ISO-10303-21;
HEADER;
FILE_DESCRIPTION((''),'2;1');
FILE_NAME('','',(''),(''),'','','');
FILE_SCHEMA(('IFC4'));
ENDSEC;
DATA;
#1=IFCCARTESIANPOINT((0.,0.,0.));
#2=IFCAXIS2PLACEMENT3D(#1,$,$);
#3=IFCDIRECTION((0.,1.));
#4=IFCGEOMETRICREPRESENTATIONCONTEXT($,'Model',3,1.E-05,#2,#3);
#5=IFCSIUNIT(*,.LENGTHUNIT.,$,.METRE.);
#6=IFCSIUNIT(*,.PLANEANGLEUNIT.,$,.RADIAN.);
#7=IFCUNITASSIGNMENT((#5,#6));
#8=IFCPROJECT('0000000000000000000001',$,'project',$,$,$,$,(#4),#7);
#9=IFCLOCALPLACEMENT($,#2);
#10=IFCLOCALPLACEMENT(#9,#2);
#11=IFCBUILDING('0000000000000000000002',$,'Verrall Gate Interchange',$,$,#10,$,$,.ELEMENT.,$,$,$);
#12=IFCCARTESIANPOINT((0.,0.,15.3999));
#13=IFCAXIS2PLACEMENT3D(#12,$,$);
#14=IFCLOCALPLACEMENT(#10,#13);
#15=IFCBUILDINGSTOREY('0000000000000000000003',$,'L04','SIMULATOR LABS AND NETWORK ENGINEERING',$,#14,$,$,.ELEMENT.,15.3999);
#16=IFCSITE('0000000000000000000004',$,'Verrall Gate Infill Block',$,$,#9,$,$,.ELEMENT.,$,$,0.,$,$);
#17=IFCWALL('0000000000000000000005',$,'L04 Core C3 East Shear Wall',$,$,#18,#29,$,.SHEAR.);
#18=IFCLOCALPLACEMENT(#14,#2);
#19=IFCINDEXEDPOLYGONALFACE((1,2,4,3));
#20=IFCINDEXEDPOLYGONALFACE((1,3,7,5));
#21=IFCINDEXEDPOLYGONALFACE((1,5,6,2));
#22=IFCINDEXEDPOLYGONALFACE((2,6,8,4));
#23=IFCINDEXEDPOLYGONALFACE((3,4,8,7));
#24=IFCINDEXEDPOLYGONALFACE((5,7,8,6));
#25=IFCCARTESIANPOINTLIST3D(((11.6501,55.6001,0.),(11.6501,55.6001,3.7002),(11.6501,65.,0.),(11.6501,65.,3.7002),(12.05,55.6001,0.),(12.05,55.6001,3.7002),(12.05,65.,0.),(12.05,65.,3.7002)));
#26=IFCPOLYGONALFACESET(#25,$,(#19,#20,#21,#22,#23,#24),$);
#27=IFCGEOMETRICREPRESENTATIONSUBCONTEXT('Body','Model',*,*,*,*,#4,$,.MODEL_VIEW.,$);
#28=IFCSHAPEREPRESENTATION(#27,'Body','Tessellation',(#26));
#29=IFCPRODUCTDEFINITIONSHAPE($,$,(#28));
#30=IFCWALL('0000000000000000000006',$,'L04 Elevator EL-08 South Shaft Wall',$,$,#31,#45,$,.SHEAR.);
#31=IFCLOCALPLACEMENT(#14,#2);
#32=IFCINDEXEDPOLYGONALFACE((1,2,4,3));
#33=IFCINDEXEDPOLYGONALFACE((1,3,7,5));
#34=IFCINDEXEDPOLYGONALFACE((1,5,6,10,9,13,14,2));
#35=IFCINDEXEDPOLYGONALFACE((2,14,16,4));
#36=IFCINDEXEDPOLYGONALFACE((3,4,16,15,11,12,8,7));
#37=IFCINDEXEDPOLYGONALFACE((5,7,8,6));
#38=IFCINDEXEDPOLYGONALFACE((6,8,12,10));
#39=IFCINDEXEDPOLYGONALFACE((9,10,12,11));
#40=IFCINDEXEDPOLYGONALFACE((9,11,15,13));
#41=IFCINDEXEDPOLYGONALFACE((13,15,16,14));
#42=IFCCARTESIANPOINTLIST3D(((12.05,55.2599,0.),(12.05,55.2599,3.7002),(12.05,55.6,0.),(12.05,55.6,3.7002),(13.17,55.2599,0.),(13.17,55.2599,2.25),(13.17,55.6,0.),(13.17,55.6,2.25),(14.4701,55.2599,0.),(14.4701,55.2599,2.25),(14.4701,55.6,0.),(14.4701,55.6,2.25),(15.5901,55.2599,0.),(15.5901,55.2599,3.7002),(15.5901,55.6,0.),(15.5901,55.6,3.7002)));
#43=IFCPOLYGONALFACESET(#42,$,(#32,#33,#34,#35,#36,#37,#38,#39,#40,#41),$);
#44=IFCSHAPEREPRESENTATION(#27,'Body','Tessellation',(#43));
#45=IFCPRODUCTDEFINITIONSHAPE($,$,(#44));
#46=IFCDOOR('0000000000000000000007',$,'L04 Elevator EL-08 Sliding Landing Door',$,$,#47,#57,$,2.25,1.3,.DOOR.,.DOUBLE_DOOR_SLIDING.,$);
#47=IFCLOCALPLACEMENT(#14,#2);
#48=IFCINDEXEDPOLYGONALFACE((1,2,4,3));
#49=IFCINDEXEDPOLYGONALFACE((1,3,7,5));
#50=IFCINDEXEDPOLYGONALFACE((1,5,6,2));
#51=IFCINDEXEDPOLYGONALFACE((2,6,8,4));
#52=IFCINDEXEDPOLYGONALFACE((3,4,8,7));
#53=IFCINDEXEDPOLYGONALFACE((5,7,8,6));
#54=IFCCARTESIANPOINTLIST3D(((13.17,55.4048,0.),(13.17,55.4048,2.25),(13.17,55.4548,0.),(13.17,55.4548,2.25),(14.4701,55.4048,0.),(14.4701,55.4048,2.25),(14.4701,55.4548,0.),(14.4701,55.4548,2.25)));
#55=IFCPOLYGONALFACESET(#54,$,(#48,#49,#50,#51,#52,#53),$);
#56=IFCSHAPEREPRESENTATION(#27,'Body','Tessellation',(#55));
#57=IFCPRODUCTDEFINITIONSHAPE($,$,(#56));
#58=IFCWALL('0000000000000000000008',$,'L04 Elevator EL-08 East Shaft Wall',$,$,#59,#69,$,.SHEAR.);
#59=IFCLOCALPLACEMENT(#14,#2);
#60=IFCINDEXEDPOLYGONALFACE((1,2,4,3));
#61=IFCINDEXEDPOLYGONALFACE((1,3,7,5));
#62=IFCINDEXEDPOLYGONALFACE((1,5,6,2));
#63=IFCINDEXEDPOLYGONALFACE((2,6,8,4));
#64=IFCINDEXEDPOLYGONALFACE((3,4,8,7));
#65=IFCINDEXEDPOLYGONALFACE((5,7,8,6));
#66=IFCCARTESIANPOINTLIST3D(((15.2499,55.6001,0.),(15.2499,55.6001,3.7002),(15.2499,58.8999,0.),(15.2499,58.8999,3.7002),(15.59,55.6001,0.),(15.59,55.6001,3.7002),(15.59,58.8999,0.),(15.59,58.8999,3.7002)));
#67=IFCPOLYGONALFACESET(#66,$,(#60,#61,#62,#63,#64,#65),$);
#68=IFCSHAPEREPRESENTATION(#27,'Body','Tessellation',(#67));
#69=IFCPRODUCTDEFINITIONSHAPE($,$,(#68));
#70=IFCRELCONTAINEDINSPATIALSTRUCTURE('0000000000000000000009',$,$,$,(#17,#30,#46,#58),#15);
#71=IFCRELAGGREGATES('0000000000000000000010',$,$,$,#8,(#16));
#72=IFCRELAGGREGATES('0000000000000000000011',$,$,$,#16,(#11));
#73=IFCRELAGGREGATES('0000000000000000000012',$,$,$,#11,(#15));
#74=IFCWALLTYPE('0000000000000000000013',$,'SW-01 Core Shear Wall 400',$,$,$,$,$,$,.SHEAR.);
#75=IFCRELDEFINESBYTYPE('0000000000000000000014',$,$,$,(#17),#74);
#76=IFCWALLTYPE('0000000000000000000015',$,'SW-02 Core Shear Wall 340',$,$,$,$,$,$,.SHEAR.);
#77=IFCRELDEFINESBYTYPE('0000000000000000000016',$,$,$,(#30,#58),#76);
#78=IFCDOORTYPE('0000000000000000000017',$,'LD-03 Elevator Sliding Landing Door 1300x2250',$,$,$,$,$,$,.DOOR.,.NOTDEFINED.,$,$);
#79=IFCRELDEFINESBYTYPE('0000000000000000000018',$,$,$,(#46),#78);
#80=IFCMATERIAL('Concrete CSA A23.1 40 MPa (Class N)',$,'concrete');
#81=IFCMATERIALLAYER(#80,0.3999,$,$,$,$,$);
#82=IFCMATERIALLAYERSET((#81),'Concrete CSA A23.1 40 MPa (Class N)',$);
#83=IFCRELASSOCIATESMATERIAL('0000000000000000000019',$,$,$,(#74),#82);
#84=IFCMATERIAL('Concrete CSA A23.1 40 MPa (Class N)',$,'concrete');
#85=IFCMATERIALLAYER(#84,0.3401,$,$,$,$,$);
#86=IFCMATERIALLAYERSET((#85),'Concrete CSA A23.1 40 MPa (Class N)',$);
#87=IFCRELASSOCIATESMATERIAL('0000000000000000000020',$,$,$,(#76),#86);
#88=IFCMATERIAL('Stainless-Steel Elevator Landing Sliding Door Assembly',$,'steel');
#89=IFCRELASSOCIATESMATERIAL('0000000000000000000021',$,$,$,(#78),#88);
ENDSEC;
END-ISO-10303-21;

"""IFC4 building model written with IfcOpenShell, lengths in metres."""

from ifc_helpers import new_model, si_unit, direction, frame, frame_2d, origin, place, context, subcontext, project, spatial, rectangle, extrude, material, layer, layer_set, type_object, element, fill, save


model = new_model("IFC4")

# Units and contexts
model_context = context("Model", 3, precision=1e-05, world=origin(), true_north=direction((0.0, 1.0)))
body_context = subcontext(model_context, "Body", "Model", "MODEL_VIEW")
ifc_project = project(units=[si_unit("LENGTHUNIT", "METRE"), si_unit("PLANEANGLEUNIT", "RADIAN")], contexts=[model_context])

# Site, building, storey
site_placement = place(None, origin())
site = spatial("IfcSite", under=ifc_project, at=site_placement, Name="Verrall Gate Infill Block", CompositionType="ELEMENT", RefElevation=0.0)
building_placement = place(site_placement, origin())
building = spatial("IfcBuilding", under=site, at=building_placement, Name="Verrall Gate Interchange", CompositionType="ELEMENT")
storey_placement = place(building_placement, frame((0.0, 0.0, 15.3999)))
storey = spatial("IfcBuildingStorey", under=building, at=storey_placement, Name="L04", Description="SIMULATOR LABS AND NETWORK ENGINEERING", CompositionType="ELEMENT", Elevation=15.3999)

# Wall
ifc_material_1 = material(Name="Concrete CSA A23.1 40 MPa (Class N)", Category="concrete")
ifc_layer_1 = layer(ifc_material_1, 0.3999)
ifc_layer_set_1 = layer_set([ifc_layer_1], Name="Concrete CSA A23.1 40 MPa (Class N)")
wall_type_1 = type_object("IfcWallType", Name="SW-01 Core Shear Wall 400", PredefinedType="SHEAR", material=ifc_layer_set_1)
wall_1_placement = place(storey_placement, frame((11.8501, 55.6001, 0.0), z_axis=(0.0, 0.0, 1.0), x_axis=(0.0, 1.0, 0.0)))
element("IfcWall", 1, at=wall_1_placement, inside=storey, type_object=wall_type_1, Name="L04 Core C3 East Shear Wall", PredefinedType="SHEAR", context=body_context, shape_type="SweptSolid", body=[
    extrude(rectangle(XDim=9.3999, YDim=0.3999, at=frame_2d((4.7, 0.0))), origin(), (0.0, 0.0, 1.0), 3.7002),
])

# Wall, opening, door
ifc_material_2 = material(Name="Concrete CSA A23.1 40 MPa (Class N)", Category="concrete")
ifc_layer_2 = layer(ifc_material_2, 0.3401)
ifc_layer_set_2 = layer_set([ifc_layer_2], Name="Concrete CSA A23.1 40 MPa (Class N)")
wall_type_2 = type_object("IfcWallType", Name="SW-02 Core Shear Wall 340", PredefinedType="SHEAR", material=ifc_layer_set_2)
wall_2_placement = place(storey_placement, frame((12.05, 55.4299, 0.0), z_axis=(0.0, 0.0, 1.0), x_axis=(1.0, 0.0, 0.0)))
wall_2 = element("IfcWall", 2, at=wall_2_placement, inside=storey, type_object=wall_type_2, Name="L04 Elevator EL-08 South Shaft Wall", PredefinedType="SHEAR", context=body_context, shape_type="SweptSolid", body=[
    extrude(rectangle(XDim=3.54, YDim=0.3401, at=frame_2d((1.77, 0.0))), origin(), (0.0, 0.0, 1.0), 3.7002),
])
opening_1_placement = place(wall_2_placement, frame((1.1201, 0.0, 0.0)))
opening_1 = element("IfcOpeningElement", 3, at=opening_1_placement, cuts=wall_2, PredefinedType="OPENING", context=body_context, shape_type="SweptSolid", body=[
    extrude(rectangle(XDim=1.3, YDim=2.25, at=frame_2d((0.6499, 1.125))), frame((0.0, 0.1851, 0.0), z_axis=(0.0, -1.0, 0.0), x_axis=(1.0, 0.0, 0.0)), (0.0, 0.0, 1.0), 0.3699),
])
ifc_material_3 = material(Name="Stainless-Steel Elevator Landing Sliding Door Assembly", Category="steel")
door_type_1 = type_object("IfcDoorType", Name="LD-03 Elevator Sliding Landing Door 1300x2250", OperationType="NOTDEFINED", PredefinedType="DOOR", material=ifc_material_3)
door_1_placement = place(opening_1_placement, origin())
door_1 = element("IfcDoor", 4, at=door_1_placement, inside=storey, type_object=door_type_1, Name="L04 Elevator EL-08 Sliding Landing Door", OperationType="DOUBLE_DOOR_SLIDING", OverallHeight=2.25, OverallWidth=1.3, PredefinedType="DOOR", context=body_context, shape_type="SweptSolid", body=[
    extrude(rectangle(XDim=1.3, YDim=2.25, at=frame_2d((0.6499, 1.125))), frame((0.0, 0.0249, 0.0), z_axis=(0.0, -1.0, 0.0), x_axis=(1.0, 0.0, 0.0)), (0.0, 0.0, 1.0), 0.05),
])
fill(opening_1, door_1)

# Wall
wall_3_placement = place(storey_placement, frame((15.4199, 55.6001, 0.0), z_axis=(0.0, 0.0, 1.0), x_axis=(0.0, 1.0, 0.0)))
element("IfcWall", 5, at=wall_3_placement, inside=storey, type_object=wall_type_2, Name="L04 Elevator EL-08 East Shaft Wall", PredefinedType="SHEAR", context=body_context, shape_type="SweptSolid", body=[
    extrude(rectangle(XDim=3.2998, YDim=0.3401, at=frame_2d((1.6499, 0.0))), origin(), (0.0, 0.0, 1.0), 3.7002),
])

save(model, "model.ifc")
